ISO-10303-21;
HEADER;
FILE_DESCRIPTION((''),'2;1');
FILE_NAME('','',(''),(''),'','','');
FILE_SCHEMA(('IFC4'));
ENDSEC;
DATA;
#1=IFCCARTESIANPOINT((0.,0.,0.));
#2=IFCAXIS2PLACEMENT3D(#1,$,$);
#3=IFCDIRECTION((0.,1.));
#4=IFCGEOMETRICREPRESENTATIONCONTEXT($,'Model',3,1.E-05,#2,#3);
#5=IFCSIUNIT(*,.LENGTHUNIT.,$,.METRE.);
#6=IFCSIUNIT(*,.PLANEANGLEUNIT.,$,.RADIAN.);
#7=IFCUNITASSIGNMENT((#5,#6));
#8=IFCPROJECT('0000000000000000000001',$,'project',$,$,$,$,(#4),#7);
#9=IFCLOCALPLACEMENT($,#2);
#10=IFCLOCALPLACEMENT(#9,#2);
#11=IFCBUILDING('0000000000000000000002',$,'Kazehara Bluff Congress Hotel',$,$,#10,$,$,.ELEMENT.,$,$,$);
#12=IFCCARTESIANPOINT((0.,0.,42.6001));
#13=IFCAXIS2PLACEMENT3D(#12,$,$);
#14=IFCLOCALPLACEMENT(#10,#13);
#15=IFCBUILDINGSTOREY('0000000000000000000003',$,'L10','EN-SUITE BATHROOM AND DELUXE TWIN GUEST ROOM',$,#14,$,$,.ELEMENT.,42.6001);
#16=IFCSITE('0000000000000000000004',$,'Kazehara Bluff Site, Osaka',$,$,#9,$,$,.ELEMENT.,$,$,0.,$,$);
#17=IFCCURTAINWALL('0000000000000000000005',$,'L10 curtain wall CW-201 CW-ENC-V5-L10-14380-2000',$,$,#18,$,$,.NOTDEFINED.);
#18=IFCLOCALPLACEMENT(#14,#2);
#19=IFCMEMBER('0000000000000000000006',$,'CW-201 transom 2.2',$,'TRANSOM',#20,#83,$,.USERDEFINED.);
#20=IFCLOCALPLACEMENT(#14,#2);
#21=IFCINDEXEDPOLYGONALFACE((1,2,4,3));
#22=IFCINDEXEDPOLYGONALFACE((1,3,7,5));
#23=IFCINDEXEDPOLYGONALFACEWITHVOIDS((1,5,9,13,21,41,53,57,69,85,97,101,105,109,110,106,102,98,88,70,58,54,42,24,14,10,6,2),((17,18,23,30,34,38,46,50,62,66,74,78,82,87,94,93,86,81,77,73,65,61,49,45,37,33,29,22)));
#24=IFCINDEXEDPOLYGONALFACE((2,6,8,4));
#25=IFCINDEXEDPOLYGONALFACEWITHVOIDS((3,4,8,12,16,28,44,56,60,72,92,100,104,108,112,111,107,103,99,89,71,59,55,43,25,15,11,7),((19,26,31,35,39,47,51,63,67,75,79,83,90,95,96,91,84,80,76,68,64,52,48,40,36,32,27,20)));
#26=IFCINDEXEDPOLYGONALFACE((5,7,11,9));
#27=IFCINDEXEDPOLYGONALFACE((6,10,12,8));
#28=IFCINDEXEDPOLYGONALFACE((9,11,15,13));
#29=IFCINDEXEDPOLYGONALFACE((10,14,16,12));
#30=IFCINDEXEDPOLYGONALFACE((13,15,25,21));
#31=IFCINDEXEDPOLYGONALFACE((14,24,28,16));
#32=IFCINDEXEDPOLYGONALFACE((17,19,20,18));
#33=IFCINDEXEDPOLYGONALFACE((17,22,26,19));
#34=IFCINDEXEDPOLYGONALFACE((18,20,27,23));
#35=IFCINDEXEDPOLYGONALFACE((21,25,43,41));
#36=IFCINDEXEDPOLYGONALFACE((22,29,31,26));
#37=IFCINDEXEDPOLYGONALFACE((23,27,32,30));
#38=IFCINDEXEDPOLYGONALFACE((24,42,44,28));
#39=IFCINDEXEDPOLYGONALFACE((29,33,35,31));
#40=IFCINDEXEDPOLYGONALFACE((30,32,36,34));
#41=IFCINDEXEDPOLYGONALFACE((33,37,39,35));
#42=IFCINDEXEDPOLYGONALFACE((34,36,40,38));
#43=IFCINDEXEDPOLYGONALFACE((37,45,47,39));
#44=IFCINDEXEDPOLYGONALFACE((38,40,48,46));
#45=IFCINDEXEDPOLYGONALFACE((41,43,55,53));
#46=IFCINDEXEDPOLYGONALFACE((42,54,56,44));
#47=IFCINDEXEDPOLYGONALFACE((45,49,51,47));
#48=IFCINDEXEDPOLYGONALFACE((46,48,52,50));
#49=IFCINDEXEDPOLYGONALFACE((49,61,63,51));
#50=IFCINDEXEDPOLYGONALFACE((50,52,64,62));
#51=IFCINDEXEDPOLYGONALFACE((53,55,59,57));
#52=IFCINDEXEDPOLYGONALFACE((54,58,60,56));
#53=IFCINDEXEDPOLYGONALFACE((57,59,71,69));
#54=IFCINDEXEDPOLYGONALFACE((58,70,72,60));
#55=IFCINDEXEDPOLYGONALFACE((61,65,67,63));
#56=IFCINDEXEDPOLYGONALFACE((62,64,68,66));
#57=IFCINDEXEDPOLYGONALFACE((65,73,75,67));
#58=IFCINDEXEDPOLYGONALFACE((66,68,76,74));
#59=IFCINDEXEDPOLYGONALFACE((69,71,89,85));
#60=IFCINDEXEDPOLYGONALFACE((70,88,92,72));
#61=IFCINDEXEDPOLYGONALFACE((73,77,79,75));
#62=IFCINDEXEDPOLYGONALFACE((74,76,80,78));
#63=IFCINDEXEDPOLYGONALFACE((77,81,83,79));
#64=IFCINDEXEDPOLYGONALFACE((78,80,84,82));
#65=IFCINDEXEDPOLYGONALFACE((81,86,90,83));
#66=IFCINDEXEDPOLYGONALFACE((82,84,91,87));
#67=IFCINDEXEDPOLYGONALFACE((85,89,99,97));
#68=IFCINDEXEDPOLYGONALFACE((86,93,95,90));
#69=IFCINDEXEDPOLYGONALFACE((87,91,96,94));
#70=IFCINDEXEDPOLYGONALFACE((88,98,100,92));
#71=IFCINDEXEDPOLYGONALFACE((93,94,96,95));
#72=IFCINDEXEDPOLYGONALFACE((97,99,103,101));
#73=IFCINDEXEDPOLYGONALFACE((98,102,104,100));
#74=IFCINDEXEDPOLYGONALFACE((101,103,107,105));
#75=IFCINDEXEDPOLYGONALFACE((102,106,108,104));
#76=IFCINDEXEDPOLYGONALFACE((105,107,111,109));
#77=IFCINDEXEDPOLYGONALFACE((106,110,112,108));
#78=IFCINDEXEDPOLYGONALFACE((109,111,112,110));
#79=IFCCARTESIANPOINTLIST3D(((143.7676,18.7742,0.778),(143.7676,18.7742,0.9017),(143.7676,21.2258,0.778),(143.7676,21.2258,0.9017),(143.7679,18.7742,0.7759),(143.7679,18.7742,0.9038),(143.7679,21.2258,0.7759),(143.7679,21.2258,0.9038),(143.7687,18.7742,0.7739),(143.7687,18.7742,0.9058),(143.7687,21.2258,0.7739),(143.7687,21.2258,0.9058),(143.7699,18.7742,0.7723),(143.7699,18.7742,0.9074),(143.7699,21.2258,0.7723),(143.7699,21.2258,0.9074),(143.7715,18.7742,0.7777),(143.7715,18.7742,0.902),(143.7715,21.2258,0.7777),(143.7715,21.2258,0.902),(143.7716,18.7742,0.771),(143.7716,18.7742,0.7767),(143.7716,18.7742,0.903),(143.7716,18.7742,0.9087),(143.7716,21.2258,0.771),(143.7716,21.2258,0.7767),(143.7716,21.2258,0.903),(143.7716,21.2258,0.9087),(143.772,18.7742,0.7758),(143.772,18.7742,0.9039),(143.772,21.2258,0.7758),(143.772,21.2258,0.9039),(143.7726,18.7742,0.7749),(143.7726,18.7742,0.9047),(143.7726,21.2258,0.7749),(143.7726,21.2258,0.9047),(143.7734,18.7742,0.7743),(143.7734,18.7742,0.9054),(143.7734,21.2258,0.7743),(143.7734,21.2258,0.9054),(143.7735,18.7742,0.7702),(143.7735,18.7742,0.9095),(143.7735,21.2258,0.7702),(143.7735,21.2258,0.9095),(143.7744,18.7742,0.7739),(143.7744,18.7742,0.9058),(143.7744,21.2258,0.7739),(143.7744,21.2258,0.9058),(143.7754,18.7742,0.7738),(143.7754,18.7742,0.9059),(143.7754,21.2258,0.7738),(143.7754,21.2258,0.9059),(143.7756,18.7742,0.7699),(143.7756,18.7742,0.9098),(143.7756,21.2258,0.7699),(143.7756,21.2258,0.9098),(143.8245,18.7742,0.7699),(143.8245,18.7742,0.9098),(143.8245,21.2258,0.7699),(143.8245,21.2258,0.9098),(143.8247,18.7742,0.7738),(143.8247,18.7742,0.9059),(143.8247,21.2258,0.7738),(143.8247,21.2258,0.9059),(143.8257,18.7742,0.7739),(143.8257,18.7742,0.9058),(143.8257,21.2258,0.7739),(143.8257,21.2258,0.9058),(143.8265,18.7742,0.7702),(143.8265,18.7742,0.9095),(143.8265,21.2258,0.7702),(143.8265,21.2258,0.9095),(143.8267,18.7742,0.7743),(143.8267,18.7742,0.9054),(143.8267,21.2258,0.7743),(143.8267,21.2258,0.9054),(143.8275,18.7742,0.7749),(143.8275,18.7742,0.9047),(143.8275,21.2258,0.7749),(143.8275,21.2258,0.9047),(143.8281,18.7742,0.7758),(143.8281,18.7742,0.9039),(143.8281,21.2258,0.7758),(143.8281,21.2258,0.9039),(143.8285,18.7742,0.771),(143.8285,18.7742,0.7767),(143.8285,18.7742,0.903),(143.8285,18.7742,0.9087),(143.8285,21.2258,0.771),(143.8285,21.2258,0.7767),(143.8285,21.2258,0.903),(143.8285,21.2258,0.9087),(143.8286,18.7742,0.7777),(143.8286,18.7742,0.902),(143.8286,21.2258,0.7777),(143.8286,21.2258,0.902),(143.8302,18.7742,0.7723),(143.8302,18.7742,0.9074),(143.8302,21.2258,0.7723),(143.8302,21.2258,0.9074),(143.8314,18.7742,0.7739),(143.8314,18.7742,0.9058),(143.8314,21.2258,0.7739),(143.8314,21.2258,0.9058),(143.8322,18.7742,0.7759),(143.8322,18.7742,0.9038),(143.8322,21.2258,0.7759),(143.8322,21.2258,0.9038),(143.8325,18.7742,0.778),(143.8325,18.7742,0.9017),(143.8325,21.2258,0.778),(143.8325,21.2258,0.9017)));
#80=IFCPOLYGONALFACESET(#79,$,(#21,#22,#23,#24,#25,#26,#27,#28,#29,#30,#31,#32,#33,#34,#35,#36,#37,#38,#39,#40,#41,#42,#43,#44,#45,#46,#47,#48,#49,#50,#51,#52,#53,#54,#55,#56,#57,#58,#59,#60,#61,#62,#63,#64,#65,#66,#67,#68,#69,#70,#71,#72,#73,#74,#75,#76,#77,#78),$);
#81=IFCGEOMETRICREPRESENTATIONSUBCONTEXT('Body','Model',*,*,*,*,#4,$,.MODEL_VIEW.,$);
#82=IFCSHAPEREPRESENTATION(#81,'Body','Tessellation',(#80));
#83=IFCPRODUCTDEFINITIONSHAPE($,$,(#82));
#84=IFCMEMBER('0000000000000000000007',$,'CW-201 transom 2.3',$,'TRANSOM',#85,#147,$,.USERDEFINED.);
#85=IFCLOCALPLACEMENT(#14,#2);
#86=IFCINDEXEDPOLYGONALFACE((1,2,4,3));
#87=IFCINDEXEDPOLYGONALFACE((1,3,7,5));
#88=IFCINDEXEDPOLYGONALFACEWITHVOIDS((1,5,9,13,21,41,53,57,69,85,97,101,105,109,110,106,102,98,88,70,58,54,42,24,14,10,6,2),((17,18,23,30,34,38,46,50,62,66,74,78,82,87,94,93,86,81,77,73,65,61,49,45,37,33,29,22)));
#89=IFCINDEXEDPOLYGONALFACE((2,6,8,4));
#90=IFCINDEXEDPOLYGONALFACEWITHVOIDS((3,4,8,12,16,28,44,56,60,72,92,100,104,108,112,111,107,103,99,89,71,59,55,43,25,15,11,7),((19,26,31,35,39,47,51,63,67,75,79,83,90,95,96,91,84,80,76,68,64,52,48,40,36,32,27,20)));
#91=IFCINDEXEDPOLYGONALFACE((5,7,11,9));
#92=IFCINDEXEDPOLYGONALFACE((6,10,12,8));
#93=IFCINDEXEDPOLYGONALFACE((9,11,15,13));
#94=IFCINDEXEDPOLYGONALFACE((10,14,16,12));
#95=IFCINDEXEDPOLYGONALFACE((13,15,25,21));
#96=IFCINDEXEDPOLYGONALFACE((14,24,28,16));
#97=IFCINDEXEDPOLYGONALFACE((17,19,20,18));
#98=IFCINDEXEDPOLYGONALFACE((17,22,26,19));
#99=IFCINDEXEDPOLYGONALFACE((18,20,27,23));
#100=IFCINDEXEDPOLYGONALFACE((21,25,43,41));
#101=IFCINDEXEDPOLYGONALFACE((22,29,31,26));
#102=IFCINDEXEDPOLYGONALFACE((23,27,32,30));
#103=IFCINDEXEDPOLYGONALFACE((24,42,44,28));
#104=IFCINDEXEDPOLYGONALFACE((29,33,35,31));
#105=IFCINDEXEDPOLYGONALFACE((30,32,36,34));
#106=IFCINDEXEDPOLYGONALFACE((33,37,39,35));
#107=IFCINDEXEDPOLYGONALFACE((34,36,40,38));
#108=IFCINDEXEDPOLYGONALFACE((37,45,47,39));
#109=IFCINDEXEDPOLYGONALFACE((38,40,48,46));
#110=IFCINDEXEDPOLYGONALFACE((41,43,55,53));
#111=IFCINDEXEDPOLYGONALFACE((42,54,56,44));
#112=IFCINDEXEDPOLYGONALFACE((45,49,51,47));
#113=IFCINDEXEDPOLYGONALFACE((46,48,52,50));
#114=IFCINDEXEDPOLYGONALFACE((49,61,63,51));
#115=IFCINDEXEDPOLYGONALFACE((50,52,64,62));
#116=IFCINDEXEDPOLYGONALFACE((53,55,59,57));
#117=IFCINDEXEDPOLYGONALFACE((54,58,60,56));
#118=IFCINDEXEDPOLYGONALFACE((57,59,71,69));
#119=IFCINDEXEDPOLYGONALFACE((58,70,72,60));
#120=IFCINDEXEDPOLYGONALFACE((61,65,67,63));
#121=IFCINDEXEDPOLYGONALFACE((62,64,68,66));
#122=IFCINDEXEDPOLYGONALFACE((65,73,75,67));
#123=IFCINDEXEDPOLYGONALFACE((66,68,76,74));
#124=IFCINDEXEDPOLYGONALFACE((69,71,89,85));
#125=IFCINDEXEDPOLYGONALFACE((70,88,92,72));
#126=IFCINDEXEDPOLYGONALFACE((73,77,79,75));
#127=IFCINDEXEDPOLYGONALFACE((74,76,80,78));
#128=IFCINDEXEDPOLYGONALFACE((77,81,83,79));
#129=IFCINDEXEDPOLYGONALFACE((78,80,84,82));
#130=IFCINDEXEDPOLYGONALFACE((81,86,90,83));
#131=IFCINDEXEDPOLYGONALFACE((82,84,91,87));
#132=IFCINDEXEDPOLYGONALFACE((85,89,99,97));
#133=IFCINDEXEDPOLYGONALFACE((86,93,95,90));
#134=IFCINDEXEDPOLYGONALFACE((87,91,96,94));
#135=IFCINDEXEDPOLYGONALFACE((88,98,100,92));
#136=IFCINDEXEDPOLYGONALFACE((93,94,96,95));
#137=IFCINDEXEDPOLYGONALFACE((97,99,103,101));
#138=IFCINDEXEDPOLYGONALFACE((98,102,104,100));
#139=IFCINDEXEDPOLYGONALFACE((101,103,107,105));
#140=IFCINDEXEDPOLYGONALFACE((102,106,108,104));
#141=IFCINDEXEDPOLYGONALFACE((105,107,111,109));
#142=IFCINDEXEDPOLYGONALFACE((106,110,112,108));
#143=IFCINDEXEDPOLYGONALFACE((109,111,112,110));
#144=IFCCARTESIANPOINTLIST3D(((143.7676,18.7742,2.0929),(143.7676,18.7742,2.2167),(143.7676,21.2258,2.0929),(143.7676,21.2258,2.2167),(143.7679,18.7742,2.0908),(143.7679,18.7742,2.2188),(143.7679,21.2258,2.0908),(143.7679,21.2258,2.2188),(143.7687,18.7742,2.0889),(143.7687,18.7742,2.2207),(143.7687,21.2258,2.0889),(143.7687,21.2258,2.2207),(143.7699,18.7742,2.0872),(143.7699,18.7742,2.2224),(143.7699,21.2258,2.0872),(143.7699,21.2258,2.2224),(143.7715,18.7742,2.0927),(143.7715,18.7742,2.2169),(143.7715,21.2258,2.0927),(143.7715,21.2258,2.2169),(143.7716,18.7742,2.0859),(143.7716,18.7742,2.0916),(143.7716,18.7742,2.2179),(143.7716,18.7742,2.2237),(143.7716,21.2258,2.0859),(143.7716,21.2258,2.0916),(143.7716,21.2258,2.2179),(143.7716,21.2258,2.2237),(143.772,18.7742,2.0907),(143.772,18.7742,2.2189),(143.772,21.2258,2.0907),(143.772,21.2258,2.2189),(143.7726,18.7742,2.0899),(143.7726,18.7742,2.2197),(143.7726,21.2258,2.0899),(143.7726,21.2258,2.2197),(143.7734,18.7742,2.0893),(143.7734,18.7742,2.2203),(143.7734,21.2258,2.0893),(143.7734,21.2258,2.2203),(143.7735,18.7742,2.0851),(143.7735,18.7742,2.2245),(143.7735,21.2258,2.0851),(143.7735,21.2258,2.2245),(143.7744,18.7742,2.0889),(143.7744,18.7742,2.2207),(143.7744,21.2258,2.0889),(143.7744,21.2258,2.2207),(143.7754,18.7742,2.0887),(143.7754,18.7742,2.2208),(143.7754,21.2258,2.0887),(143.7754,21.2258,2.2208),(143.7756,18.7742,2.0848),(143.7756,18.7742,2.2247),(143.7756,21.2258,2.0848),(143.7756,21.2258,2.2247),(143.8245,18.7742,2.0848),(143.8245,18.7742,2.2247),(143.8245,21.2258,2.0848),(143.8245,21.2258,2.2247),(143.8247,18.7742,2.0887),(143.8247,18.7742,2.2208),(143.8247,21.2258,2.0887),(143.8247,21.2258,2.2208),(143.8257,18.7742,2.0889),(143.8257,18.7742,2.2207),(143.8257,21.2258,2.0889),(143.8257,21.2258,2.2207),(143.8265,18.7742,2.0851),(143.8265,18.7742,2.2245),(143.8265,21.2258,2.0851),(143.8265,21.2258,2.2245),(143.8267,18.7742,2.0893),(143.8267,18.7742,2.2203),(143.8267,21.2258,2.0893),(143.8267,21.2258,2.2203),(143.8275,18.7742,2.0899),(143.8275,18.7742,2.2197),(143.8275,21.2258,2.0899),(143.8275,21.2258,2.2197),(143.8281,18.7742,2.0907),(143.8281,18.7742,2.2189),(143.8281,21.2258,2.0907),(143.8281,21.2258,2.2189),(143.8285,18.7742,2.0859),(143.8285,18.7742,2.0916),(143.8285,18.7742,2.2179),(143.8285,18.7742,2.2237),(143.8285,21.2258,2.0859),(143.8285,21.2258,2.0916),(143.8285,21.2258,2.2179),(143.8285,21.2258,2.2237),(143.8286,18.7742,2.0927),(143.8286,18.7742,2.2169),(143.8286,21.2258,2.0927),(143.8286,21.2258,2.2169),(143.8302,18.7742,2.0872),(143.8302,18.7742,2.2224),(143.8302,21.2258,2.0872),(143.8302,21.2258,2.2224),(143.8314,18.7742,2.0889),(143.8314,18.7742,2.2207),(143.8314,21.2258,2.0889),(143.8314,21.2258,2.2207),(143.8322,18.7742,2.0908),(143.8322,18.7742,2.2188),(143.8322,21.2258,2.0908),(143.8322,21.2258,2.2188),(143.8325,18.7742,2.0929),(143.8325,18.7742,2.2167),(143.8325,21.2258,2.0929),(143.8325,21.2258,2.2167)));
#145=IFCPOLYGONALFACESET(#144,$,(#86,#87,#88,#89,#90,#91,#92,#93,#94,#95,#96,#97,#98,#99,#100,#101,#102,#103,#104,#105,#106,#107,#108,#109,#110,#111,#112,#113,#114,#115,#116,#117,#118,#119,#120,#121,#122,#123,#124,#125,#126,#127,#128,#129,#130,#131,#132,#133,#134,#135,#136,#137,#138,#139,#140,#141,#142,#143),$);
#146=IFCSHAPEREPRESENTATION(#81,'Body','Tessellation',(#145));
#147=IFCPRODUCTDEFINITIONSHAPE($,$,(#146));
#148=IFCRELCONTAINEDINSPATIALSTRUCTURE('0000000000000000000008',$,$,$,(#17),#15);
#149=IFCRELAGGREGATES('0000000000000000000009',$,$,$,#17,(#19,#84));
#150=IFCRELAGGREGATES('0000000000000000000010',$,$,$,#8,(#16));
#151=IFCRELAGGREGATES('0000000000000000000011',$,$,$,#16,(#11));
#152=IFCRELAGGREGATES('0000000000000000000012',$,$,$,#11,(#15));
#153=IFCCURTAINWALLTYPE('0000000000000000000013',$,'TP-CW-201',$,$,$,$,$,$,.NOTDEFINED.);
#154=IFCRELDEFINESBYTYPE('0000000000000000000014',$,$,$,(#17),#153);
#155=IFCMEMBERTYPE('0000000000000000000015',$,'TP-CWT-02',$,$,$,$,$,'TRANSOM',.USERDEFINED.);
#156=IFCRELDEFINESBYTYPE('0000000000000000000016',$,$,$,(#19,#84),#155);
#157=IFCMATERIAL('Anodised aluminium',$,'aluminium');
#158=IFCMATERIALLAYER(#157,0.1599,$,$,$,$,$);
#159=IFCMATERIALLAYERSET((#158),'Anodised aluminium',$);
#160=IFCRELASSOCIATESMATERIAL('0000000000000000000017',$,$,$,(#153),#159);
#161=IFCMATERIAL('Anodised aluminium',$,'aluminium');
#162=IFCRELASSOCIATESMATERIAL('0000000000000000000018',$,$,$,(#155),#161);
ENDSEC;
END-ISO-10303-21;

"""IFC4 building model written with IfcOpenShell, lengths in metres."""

from ifc_helpers import new_model, si_unit, direction, frame, origin, origin_2d, place, context, subcontext, project, spatial, hollow_rectangle, extrude, material, layer, layer_set, material_profile, profile_set, type_object, element, aggregate, save


model = new_model("IFC4")

# Units and contexts
model_context = context("Model", 3, precision=1e-05, world=origin(), true_north=direction((0.0, 1.0)))
body_context = subcontext(model_context, "Body", "Model", "MODEL_VIEW")
ifc_project = project(units=[si_unit("LENGTHUNIT", "METRE"), si_unit("PLANEANGLEUNIT", "RADIAN")], contexts=[model_context])

# Site, building, storey
site_placement = place(None, origin())
site = spatial("IfcSite", under=ifc_project, at=site_placement, Name="Kazehara Bluff Site, Osaka", CompositionType="ELEMENT", RefElevation=0.0)
building_placement = place(site_placement, origin())
building = spatial("IfcBuilding", under=site, at=building_placement, Name="Kazehara Bluff Congress Hotel", CompositionType="ELEMENT")
storey_placement = place(building_placement, frame((0.0, 0.0, 42.6001)))
storey = spatial("IfcBuildingStorey", under=building, at=storey_placement, Name="L10", Description="EN-SUITE BATHROOM AND DELUXE TWIN GUEST ROOM", CompositionType="ELEMENT", Elevation=42.6001)

# Curtain wall
ifc_material_1 = material(Name="Anodised aluminium", Category="aluminium")
ifc_layer_1 = layer(ifc_material_1, 0.1599)
ifc_layer_set_1 = layer_set([ifc_layer_1], Name="Anodised aluminium")
curtain_wall_type_1 = type_object("IfcCurtainWallType", Name="TP-CW-201", PredefinedType="NOTDEFINED", material=ifc_layer_set_1)
curtain_wall_1_placement = place(storey_placement, origin())
curtain_wall_1 = element("IfcCurtainWall", 1, at=curtain_wall_1_placement, inside=storey, type_object=curtain_wall_type_1, Name="L10 curtain wall CW-201 CW-ENC-V5-L10-14380-2000", PredefinedType="NOTDEFINED")

# Members
ifc_material_2 = material(Name="Anodised aluminium", Category="aluminium")
ifc_material_profile_1 = material_profile(ifc_material_2, hollow_rectangle(XDim=0.0649, YDim=0.1399, WallThickness=0.0039, InnerFilletRadius=0.0039, OuterFilletRadius=0.0081, at=origin_2d()))
ifc_profile_set_1 = profile_set([ifc_material_profile_1], Name="Anodised aluminium")
member_type_1 = type_object("IfcMemberType", Name="TP-CWT-02", ElementType="TRANSOM", PredefinedType="USERDEFINED", material=ifc_profile_set_1)
member_1_placement = place(storey_placement, frame((143.8, 18.7742, 0.8398), z_axis=(0.0, 1.0, 0.0), x_axis=(-1.0, 0.0, 0.0)))
member_1 = element("IfcMember", 2, at=member_1_placement, type_object=member_type_1, Name="CW-201 transom 2.2", ObjectType="TRANSOM", PredefinedType="USERDEFINED", context=body_context, shape_type="SweptSolid", body=[
    extrude(hollow_rectangle(XDim=0.0649, YDim=0.1399, WallThickness=0.0039, InnerFilletRadius=0.0039, OuterFilletRadius=0.0081, at=origin_2d()), origin(), (0.0, 0.0, 1.0), 2.4517),
])
member_2_placement = place(storey_placement, frame((143.8, 18.7742, 2.1548), z_axis=(0.0, 1.0, 0.0), x_axis=(-1.0, 0.0, 0.0)))
member_2 = element("IfcMember", 3, at=member_2_placement, type_object=member_type_1, Name="CW-201 transom 2.3", ObjectType="TRANSOM", PredefinedType="USERDEFINED", context=body_context, shape_type="SweptSolid", body=[
    extrude(hollow_rectangle(XDim=0.0649, YDim=0.1399, WallThickness=0.0039, InnerFilletRadius=0.0039, OuterFilletRadius=0.0081, at=origin_2d()), origin(), (0.0, 0.0, 1.0), 2.4517),
])

aggregate(curtain_wall_1, [member_1, member_2])

save(model, "model.ifc")
